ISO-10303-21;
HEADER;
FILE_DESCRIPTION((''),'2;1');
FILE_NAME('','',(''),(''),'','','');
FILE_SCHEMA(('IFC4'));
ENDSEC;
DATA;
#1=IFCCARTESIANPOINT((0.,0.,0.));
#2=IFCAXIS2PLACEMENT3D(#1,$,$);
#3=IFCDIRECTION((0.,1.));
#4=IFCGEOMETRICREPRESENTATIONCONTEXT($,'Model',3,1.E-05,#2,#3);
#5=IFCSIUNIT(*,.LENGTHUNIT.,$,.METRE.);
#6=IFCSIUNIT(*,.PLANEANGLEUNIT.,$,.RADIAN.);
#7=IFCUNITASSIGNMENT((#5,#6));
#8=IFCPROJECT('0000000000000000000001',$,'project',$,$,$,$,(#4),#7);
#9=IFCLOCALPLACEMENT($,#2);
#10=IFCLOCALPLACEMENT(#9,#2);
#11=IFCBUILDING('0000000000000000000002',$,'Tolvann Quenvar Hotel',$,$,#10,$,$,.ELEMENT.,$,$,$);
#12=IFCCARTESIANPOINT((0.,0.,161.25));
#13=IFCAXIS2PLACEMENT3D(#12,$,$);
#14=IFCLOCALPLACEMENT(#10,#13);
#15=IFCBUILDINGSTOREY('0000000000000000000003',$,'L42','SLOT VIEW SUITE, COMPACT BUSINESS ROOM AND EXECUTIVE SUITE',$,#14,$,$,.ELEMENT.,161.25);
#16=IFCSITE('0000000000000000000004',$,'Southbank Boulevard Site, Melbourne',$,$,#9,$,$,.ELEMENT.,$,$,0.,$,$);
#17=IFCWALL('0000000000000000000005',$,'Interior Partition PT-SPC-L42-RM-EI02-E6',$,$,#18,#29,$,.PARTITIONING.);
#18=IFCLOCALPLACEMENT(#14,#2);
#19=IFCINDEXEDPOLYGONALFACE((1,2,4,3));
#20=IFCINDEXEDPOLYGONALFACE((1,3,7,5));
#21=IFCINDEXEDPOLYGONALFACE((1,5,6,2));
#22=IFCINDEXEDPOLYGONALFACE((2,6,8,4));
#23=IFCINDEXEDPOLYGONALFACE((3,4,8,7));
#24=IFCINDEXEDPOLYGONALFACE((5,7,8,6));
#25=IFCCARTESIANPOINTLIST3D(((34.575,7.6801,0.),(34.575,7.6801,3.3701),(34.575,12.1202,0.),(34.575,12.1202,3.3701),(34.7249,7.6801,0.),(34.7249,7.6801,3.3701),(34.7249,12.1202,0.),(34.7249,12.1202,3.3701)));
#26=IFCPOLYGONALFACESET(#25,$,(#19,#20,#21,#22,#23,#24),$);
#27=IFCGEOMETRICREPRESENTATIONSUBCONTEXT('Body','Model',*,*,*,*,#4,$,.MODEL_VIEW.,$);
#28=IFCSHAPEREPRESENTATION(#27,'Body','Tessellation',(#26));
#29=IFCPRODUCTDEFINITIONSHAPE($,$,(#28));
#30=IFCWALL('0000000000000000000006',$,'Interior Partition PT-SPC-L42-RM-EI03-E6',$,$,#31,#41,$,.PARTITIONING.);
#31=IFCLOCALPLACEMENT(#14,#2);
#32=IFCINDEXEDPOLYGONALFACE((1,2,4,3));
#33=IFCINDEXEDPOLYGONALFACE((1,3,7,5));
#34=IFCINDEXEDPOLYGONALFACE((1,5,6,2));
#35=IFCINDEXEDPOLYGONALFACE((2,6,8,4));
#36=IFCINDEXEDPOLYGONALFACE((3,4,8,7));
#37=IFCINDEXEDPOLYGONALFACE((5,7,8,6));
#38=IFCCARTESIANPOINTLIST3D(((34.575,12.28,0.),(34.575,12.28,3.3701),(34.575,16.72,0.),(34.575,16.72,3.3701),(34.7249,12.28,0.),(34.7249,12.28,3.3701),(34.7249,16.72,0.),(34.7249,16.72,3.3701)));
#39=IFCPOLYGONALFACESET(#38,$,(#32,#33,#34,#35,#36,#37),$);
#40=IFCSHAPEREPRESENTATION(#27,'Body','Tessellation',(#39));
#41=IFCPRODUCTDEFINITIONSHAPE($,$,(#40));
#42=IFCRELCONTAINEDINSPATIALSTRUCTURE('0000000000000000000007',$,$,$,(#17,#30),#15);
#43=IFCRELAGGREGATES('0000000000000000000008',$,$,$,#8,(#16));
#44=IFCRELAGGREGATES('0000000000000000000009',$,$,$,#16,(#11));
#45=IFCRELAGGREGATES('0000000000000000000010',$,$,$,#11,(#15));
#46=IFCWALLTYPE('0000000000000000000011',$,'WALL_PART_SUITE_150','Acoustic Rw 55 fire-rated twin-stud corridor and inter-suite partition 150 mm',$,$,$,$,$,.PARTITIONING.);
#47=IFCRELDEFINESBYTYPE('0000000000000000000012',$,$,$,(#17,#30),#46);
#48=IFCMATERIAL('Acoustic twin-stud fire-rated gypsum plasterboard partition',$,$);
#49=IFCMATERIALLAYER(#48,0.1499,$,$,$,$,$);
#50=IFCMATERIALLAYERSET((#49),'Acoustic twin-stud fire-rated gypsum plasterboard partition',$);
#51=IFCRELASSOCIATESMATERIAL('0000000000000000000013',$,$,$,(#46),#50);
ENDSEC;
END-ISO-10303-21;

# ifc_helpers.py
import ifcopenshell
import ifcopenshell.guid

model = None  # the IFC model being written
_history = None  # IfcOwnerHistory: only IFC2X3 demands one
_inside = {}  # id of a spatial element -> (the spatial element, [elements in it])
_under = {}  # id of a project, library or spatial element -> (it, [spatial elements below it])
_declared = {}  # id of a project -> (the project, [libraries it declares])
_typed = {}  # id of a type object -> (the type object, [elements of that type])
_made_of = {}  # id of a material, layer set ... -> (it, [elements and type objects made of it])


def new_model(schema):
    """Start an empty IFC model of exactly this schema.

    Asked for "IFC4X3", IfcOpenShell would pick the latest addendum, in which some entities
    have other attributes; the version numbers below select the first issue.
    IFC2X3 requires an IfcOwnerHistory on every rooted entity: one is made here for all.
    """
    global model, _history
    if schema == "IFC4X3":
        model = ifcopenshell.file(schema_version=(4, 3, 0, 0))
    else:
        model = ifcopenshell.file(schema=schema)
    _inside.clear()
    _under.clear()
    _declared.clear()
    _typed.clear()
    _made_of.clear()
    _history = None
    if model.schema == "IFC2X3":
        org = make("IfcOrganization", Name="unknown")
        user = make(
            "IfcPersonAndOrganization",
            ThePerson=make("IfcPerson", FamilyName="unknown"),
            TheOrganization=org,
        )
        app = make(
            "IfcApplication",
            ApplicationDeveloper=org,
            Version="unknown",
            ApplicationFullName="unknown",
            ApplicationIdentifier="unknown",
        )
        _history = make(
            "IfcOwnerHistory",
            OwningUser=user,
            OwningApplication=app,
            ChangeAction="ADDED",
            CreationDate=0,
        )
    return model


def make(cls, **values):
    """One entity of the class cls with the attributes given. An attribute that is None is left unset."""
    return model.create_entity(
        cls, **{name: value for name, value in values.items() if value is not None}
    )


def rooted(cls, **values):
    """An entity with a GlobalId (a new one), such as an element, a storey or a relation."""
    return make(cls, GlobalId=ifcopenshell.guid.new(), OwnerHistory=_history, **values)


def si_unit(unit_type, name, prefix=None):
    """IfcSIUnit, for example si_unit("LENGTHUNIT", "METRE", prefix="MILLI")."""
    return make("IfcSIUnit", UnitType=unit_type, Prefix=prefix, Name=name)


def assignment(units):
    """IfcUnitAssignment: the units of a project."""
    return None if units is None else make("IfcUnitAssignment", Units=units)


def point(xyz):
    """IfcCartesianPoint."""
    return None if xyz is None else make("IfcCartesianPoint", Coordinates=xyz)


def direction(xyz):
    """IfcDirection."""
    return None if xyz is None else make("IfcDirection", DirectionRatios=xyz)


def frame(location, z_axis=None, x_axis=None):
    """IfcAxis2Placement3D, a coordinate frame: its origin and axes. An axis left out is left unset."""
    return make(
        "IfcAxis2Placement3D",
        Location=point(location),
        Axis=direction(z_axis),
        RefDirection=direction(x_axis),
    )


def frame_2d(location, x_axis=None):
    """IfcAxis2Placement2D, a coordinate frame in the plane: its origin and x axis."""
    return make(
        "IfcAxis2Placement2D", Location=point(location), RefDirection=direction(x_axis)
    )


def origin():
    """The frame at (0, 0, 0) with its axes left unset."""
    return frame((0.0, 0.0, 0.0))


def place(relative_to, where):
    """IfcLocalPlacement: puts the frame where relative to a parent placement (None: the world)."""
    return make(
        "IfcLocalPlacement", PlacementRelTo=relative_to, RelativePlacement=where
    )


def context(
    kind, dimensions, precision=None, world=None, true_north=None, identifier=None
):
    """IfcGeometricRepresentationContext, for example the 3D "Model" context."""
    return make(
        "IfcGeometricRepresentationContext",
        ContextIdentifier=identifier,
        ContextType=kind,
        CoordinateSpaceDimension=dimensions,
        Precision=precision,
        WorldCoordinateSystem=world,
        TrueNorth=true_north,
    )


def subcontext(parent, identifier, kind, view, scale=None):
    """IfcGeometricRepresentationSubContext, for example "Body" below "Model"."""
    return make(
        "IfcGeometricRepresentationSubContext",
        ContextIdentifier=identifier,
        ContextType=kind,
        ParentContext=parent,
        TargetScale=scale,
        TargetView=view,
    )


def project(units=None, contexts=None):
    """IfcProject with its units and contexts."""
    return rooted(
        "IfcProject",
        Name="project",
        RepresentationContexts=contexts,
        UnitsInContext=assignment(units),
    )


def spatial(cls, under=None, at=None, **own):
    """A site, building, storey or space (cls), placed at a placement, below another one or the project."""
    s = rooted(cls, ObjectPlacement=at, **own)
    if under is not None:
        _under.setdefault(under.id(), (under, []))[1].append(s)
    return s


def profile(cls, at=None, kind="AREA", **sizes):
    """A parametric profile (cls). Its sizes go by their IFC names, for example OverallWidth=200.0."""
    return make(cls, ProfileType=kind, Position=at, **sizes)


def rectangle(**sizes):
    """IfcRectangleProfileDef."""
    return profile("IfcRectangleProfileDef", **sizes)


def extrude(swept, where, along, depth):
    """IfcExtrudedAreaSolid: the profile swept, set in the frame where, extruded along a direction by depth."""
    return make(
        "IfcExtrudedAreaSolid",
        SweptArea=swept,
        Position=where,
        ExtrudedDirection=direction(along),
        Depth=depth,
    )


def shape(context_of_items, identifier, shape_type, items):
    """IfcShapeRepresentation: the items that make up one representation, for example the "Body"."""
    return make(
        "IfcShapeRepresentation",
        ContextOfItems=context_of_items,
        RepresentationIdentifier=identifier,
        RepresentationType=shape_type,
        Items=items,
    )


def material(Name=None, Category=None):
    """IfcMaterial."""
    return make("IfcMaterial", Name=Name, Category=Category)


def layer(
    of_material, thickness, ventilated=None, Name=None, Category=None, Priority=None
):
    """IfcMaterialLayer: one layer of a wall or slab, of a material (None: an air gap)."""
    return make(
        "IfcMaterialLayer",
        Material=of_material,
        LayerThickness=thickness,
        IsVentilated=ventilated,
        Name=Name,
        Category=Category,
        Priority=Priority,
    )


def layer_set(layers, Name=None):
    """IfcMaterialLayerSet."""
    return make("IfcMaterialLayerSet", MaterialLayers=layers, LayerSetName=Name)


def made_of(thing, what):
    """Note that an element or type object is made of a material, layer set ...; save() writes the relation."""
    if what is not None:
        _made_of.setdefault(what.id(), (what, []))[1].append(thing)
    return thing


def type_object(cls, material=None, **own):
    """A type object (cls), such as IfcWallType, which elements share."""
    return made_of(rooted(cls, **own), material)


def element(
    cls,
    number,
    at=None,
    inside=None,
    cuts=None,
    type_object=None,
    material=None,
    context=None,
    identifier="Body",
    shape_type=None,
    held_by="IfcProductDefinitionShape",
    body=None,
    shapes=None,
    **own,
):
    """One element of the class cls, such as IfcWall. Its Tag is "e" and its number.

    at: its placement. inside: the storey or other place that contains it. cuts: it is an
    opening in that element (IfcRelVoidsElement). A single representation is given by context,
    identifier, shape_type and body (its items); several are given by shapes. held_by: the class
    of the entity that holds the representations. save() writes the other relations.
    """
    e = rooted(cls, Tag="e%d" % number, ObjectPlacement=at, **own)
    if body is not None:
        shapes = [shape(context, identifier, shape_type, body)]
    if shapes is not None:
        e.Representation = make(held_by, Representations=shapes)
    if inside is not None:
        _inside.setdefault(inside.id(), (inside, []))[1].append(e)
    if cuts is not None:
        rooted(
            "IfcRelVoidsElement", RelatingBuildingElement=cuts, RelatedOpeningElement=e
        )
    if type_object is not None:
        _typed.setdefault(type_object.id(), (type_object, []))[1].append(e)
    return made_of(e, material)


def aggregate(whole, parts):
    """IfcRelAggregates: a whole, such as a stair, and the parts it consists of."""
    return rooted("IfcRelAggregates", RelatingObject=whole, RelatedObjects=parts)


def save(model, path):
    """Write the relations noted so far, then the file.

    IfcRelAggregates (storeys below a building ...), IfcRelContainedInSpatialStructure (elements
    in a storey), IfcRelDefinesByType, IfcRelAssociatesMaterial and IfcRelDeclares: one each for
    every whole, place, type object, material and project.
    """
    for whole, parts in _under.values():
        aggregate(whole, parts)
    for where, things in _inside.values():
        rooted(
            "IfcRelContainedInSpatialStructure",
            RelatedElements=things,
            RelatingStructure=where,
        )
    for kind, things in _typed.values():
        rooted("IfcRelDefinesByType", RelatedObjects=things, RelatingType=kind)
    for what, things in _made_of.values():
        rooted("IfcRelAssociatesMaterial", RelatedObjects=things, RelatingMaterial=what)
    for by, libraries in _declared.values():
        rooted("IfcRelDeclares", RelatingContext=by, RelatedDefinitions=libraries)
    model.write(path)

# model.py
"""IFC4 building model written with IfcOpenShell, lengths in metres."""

from ifc_helpers import new_model, si_unit, direction, frame, frame_2d, origin, place, context, subcontext, project, spatial, rectangle, extrude, material, layer, layer_set, type_object, element, save


model = new_model("IFC4")

# Units and contexts
model_context = context("Model", 3, precision=1e-05, world=origin(), true_north=direction((0.0, 1.0)))
body_context = subcontext(model_context, "Body", "Model", "MODEL_VIEW")
ifc_project = project(units=[si_unit("LENGTHUNIT", "METRE"), si_unit("PLANEANGLEUNIT", "RADIAN")], contexts=[model_context])

# Site, building, storey
site_placement = place(None, origin())
site = spatial("IfcSite", under=ifc_project, at=site_placement, Name="Southbank Boulevard Site, Melbourne", CompositionType="ELEMENT", RefElevation=0.0)
building_placement = place(site_placement, origin())
building = spatial("IfcBuilding", under=site, at=building_placement, Name="Tolvann Quenvar Hotel", CompositionType="ELEMENT")
storey_placement = place(building_placement, frame((0.0, 0.0, 161.25)))
storey = spatial("IfcBuildingStorey", under=building, at=storey_placement, Name="L42", Description="SLOT VIEW SUITE, COMPACT BUSINESS ROOM AND EXECUTIVE SUITE", CompositionType="ELEMENT", Elevation=161.25)

# Walls
ifc_material_1 = material(Name="Acoustic twin-stud fire-rated gypsum plasterboard partition")
ifc_layer_1 = layer(ifc_material_1, 0.1499)
ifc_layer_set_1 = layer_set([ifc_layer_1], Name="Acoustic twin-stud fire-rated gypsum plasterboard partition")
wall_type_1 = type_object("IfcWallType", Name="WALL_PART_SUITE_150", Description="Acoustic Rw 55 fire-rated twin-stud corridor and inter-suite partition 150 mm", PredefinedType="PARTITIONING", material=ifc_layer_set_1)
wall_1_placement = place(storey_placement, frame((34.6499, 7.6799, 0.0), z_axis=(0.0, 0.0, 1.0), x_axis=(0.0, 1.0, 0.0)))
element("IfcWall", 1, at=wall_1_placement, inside=storey, type_object=wall_type_1, Name="Interior Partition PT-SPC-L42-RM-EI02-E6", PredefinedType="PARTITIONING", context=body_context, shape_type="SweptSolid", body=[
    extrude(rectangle(XDim=4.4402, YDim=0.1499, at=frame_2d((2.2202, 0.0))), origin(), (0.0, 0.0, 1.0), 3.3701),
])
wall_2_placement = place(storey_placement, frame((34.6499, 12.28, 0.0), z_axis=(0.0, 0.0, 1.0), x_axis=(0.0, 1.0, 0.0)))
element("IfcWall", 2, at=wall_2_placement, inside=storey, type_object=wall_type_1, Name="Interior Partition PT-SPC-L42-RM-EI03-E6", PredefinedType="PARTITIONING", context=body_context, shape_type="SweptSolid", body=[
    extrude(rectangle(XDim=4.4399, YDim=0.1499, at=frame_2d((2.22, 0.0))), origin(), (0.0, 0.0, 1.0), 3.3701),
])

save(model, "model.ifc")
